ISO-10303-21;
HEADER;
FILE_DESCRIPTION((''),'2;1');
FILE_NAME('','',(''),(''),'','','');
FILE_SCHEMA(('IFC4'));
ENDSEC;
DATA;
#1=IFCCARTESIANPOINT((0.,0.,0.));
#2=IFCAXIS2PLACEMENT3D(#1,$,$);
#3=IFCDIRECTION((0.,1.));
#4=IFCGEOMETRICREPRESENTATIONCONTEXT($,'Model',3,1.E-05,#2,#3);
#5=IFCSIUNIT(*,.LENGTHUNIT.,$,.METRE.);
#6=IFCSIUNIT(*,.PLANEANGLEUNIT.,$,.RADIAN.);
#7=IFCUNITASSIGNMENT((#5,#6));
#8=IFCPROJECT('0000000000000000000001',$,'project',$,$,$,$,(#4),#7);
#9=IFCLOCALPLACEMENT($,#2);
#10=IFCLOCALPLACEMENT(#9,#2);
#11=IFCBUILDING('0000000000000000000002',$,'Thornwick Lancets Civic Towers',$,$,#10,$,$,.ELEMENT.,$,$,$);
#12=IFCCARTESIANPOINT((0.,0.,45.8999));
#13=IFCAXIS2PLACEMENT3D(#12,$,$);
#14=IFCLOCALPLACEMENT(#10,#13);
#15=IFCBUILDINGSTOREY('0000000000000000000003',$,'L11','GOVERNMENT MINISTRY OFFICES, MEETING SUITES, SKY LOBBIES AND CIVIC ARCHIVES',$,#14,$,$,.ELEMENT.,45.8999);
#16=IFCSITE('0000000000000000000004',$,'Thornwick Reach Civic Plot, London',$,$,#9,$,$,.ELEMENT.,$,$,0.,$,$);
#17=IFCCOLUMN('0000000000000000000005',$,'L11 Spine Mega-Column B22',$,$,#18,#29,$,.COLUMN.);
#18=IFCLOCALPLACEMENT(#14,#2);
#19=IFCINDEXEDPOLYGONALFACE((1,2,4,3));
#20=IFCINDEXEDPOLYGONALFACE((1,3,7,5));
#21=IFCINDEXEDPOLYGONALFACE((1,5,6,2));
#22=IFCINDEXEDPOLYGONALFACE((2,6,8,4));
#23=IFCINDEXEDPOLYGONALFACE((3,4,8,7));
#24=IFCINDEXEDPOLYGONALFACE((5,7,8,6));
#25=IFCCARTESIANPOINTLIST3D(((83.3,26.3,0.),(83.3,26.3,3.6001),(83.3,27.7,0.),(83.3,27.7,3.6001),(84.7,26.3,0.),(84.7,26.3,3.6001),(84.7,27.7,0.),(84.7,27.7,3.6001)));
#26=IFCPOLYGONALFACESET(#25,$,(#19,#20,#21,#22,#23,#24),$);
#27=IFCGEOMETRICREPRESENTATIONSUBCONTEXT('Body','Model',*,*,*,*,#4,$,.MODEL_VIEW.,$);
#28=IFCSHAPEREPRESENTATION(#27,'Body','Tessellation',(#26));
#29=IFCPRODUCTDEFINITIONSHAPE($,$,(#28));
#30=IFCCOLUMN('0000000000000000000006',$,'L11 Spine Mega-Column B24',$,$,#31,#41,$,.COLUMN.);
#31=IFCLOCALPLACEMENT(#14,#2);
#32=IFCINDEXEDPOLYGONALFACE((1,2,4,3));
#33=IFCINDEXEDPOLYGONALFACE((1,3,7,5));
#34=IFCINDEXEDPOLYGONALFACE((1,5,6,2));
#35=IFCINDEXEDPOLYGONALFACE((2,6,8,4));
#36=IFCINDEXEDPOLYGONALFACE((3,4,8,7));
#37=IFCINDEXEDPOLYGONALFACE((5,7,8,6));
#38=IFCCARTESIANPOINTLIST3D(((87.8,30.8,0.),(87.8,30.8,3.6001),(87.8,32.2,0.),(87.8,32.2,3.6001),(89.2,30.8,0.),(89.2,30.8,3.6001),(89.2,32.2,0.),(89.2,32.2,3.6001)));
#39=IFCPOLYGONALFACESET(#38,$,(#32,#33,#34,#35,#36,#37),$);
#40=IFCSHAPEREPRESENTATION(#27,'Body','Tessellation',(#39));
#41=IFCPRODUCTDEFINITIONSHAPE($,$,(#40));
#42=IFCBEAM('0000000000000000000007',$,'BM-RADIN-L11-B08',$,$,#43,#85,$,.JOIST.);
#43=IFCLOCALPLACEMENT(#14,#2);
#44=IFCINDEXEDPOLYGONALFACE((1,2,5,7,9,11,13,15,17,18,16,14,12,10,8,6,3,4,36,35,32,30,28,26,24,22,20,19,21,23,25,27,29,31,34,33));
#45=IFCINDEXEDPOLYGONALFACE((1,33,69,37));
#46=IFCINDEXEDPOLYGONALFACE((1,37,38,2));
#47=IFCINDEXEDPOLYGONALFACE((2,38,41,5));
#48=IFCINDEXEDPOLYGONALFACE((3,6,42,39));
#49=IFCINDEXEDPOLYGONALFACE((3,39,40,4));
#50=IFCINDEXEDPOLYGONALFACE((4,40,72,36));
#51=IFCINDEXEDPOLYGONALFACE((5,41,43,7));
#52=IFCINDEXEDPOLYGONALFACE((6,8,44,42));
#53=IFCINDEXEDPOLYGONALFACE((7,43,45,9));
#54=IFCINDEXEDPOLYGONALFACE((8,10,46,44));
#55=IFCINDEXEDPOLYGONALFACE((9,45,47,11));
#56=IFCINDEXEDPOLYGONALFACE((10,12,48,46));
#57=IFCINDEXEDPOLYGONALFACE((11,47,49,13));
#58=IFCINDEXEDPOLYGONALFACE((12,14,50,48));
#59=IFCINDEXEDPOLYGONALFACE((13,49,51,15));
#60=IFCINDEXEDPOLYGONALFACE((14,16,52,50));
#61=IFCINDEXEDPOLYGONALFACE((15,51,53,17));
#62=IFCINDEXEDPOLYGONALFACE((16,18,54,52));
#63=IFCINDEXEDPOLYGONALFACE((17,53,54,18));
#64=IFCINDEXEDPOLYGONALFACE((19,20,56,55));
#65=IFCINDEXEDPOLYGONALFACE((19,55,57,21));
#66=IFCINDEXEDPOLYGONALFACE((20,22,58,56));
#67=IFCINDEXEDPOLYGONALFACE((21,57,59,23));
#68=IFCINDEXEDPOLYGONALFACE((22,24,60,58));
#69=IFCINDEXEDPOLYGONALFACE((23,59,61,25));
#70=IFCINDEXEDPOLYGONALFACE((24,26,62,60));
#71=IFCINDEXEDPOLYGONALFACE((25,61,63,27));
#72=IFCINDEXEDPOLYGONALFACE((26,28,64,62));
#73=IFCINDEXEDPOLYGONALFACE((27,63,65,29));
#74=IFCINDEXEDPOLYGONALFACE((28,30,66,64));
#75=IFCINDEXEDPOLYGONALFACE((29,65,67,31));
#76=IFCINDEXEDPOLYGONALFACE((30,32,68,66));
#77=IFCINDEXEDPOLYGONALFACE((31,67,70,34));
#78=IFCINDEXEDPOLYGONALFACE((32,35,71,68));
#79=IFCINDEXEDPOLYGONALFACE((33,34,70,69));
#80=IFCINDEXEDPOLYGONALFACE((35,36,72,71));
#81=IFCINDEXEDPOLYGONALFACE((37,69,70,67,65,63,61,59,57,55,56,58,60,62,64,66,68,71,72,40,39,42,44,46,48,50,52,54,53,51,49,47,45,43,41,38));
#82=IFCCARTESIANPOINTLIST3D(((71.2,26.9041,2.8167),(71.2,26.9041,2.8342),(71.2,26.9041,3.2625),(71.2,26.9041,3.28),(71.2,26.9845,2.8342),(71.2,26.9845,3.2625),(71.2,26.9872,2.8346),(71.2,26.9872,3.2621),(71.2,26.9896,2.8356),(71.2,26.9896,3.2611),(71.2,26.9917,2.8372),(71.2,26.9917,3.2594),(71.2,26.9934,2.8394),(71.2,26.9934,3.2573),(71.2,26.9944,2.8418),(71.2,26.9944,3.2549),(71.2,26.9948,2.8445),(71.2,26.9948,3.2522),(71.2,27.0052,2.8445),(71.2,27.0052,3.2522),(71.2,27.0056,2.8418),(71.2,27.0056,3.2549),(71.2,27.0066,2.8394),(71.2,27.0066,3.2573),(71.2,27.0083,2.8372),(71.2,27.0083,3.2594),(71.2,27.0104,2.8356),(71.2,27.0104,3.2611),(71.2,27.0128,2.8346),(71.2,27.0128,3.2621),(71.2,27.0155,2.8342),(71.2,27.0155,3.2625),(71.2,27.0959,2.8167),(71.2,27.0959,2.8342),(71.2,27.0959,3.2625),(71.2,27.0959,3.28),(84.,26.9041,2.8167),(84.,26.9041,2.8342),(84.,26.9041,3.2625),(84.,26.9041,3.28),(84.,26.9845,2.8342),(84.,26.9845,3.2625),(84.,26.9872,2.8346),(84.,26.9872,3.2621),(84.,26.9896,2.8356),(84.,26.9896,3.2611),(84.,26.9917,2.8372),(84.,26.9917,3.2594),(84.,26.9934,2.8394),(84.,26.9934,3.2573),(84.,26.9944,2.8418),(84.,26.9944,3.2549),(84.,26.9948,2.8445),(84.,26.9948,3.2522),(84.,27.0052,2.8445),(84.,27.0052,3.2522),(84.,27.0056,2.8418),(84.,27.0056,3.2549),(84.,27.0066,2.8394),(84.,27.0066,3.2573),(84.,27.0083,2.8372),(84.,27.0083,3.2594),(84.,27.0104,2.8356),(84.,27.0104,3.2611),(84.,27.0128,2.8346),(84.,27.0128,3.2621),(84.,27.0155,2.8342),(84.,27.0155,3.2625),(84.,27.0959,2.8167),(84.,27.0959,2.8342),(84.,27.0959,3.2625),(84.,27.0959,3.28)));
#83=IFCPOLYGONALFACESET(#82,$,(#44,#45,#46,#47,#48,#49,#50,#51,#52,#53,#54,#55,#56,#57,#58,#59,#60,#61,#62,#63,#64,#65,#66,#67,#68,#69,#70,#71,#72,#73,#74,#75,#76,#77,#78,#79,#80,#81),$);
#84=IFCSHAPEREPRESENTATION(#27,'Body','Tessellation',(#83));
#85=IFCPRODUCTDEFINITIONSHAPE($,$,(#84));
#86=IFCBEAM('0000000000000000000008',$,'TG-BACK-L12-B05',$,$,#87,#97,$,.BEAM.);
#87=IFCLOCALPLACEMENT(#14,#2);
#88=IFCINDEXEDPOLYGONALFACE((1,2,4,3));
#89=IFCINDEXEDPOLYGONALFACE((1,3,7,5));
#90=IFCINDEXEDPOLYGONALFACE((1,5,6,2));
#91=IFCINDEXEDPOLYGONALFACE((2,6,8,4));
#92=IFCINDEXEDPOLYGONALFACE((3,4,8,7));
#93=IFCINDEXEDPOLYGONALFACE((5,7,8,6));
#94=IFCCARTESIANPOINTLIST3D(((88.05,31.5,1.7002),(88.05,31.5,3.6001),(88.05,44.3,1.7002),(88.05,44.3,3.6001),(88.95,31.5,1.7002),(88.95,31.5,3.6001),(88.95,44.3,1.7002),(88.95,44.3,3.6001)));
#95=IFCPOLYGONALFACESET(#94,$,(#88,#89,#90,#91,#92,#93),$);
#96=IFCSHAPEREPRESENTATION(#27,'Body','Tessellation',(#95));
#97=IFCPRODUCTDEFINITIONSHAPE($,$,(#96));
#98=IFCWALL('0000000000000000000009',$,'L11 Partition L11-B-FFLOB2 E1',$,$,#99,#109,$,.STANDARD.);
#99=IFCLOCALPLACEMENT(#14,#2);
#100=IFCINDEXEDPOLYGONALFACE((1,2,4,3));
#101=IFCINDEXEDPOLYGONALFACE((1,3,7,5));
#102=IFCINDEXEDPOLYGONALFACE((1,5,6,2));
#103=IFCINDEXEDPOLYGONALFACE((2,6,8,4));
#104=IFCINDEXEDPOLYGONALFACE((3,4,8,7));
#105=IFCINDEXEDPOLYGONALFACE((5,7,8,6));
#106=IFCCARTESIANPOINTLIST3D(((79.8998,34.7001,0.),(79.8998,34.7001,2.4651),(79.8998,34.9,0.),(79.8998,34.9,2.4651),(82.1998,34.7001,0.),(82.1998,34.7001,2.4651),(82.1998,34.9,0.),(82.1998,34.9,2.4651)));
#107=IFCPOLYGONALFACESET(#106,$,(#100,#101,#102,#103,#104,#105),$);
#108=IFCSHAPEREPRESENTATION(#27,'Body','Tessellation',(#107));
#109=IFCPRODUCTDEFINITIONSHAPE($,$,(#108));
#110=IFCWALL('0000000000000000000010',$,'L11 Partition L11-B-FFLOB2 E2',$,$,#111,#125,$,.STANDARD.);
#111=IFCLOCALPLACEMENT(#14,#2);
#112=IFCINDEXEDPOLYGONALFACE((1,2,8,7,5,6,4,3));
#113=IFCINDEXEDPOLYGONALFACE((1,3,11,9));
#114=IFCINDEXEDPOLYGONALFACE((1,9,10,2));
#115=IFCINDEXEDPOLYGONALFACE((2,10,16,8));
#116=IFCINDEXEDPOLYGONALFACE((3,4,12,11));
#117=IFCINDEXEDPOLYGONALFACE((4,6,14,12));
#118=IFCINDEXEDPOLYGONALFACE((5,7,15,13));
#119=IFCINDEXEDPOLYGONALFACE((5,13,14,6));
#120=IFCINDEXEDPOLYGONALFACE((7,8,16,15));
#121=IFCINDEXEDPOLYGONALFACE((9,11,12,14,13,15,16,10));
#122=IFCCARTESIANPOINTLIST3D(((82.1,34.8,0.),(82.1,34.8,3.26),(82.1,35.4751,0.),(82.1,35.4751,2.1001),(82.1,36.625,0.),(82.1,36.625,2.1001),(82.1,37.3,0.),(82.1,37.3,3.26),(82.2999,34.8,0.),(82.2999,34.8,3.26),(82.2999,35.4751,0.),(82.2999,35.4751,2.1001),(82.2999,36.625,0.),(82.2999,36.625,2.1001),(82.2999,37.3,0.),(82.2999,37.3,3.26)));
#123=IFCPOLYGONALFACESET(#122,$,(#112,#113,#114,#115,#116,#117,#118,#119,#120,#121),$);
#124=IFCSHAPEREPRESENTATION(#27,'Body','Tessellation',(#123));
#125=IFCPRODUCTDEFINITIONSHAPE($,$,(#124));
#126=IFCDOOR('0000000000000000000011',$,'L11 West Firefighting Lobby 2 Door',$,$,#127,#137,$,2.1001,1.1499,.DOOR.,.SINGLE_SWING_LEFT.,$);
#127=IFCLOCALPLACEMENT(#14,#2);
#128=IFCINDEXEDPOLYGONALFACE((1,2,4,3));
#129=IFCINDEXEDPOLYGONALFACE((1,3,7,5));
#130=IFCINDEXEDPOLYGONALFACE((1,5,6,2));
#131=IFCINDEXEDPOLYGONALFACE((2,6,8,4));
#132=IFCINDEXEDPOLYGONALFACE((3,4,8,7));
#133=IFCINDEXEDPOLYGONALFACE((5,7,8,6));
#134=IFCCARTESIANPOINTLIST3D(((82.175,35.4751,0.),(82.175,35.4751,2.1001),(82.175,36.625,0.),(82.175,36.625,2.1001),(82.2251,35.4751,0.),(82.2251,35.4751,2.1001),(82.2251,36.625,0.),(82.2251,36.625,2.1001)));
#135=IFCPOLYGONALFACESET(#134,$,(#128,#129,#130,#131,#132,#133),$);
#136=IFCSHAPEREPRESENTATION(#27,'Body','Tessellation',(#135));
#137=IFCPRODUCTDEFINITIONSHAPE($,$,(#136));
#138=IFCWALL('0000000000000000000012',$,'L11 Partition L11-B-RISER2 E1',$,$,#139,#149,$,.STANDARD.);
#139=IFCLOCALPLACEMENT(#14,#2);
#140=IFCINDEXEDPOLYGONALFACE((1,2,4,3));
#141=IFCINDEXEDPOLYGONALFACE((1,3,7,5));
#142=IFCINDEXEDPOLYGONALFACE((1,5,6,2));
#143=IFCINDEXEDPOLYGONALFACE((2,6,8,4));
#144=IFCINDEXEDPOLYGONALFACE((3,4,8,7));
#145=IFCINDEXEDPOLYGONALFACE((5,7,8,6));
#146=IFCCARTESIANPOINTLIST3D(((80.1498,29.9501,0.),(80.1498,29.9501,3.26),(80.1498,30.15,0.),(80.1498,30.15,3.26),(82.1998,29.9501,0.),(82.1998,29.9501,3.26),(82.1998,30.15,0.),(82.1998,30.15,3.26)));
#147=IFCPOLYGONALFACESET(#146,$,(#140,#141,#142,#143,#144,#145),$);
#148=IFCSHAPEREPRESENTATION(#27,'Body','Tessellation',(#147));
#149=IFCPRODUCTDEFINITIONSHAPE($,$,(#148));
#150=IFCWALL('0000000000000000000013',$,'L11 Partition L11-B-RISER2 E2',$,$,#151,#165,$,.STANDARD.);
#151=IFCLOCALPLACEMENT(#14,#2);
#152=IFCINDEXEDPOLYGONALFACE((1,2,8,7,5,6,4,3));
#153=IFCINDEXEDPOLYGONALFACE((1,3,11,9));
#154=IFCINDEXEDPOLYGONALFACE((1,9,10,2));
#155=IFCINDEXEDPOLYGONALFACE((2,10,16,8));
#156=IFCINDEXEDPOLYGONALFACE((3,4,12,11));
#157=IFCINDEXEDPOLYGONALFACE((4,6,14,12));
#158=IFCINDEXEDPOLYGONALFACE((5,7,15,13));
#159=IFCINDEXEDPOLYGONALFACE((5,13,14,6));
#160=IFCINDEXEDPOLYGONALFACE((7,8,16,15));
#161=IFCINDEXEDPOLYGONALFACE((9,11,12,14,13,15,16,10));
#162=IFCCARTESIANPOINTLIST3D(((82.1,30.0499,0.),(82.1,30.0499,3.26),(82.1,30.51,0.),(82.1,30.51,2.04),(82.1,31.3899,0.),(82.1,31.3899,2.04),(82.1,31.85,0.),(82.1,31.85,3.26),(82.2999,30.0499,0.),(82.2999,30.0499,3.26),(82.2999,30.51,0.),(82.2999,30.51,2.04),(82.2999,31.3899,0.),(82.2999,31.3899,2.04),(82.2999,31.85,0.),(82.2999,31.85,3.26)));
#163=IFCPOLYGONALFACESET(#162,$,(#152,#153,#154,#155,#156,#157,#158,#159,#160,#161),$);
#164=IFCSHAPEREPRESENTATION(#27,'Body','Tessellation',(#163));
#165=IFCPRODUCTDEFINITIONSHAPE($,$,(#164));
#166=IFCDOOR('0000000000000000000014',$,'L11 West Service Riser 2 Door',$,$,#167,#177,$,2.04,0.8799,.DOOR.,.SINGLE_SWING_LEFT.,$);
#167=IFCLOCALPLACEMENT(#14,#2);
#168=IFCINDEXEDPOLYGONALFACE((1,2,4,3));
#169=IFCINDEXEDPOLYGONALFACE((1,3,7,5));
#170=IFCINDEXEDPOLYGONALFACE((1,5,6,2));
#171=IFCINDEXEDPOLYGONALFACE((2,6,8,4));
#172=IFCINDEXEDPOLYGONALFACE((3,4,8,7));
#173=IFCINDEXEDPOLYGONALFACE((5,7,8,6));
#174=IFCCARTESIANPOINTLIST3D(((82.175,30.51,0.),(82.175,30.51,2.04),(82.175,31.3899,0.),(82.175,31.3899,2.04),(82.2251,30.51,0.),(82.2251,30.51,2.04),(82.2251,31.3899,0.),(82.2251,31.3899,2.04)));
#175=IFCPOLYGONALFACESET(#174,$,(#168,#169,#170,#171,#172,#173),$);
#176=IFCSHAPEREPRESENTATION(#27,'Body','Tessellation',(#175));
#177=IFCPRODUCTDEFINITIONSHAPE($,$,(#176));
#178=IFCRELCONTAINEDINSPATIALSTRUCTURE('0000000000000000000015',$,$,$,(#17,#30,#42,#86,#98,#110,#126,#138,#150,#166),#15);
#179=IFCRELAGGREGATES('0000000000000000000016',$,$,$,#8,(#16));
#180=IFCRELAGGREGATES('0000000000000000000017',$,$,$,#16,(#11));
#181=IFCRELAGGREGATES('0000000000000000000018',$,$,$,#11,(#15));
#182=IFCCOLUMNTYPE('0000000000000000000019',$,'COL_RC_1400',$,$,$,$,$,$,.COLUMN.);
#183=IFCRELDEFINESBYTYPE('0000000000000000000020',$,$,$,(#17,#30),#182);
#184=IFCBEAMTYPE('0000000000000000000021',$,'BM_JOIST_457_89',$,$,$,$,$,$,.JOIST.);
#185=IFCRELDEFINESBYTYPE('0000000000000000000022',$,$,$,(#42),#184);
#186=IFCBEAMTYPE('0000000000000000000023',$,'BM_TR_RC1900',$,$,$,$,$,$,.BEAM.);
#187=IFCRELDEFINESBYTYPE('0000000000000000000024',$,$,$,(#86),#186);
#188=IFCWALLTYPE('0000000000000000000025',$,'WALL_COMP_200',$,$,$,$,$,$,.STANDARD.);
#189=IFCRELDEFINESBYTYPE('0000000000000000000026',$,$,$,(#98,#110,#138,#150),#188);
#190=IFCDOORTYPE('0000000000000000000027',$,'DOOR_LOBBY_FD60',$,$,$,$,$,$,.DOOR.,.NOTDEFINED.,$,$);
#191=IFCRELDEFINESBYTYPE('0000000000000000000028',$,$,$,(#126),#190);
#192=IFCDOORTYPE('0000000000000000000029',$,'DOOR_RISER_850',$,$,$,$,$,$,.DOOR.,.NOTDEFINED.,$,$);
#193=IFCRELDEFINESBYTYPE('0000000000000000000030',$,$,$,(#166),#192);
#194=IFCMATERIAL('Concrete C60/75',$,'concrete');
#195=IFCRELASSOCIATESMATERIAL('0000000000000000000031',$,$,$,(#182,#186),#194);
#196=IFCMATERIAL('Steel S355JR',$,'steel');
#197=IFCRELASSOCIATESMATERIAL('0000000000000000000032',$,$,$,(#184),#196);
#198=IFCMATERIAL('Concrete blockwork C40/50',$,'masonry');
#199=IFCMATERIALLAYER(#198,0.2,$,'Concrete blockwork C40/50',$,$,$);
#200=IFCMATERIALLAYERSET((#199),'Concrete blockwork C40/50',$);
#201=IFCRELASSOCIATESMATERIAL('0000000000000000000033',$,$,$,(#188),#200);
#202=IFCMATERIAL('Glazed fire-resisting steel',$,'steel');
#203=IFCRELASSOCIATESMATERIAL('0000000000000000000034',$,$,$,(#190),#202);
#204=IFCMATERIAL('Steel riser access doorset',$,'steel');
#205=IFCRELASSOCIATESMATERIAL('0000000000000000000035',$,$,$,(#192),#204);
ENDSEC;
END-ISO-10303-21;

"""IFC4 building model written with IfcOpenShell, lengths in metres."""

from ifc_helpers import new_model, si_unit, direction, frame, frame_2d, origin, origin_2d, place, context, subcontext, project, spatial, rectangle, i_section, extrude, material, layer, layer_set, material_profile, profile_set, type_object, element, fill, save


model = new_model("IFC4")

# Units and contexts
model_context = context("Model", 3, precision=1e-05, world=origin(), true_north=direction((0.0, 1.0)))
body_context = subcontext(model_context, "Body", "Model", "MODEL_VIEW")
ifc_project = project(units=[si_unit("LENGTHUNIT", "METRE"), si_unit("PLANEANGLEUNIT", "RADIAN")], contexts=[model_context])

# Site, building, storey
site_placement = place(None, origin())
site = spatial("IfcSite", under=ifc_project, at=site_placement, Name="Thornwick Reach Civic Plot, London", CompositionType="ELEMENT", RefElevation=0.0)
building_placement = place(site_placement, origin())
building = spatial("IfcBuilding", under=site, at=building_placement, Name="Thornwick Lancets Civic Towers", CompositionType="ELEMENT")
storey_placement = place(building_placement, frame((0.0, 0.0, 45.8999)))
storey = spatial("IfcBuildingStorey", under=building, at=storey_placement, Name="L11", Description="GOVERNMENT MINISTRY OFFICES, MEETING SUITES, SKY LOBBIES AND CIVIC ARCHIVES", CompositionType="ELEMENT", Elevation=45.8999)

# Columns
ifc_material_1 = material(Name="Concrete C60/75", Category="concrete")
ifc_material_profile_1 = material_profile(ifc_material_1, rectangle(XDim=1.3999, YDim=1.3999, at=origin_2d()), Name="RC 1400x1400")
ifc_profile_set_1 = profile_set([ifc_material_profile_1], Name="Concrete C60/75")
column_type = type_object("IfcColumnType", Name="COL_RC_1400", PredefinedType="COLUMN", material=ifc_profile_set_1)
for number, where, z_axis, x_axis, name in (
    (1, (84.0, 27.0, 0.0), (0.0, 0.0, 1.0), (1.0, 0.0, 0.0), "L11 Spine Mega-Column B22"),
    (2, (88.5, 31.5, 0.0), (0.0, 0.0, 1.0), (1.0, 0.0, 0.0), "L11 Spine Mega-Column B24"),
):
    element("IfcColumn", number, at=place(storey_placement, frame(where, z_axis=z_axis, x_axis=x_axis)), inside=storey, type_object=column_type, Name=name, PredefinedType="COLUMN", context=body_context, shape_type="SweptSolid", body=[
        extrude(rectangle(XDim=1.3999, YDim=1.3999, at=origin_2d()), origin(), (0.0, 0.0, 1.0), 3.6001),
    ])

# Beams
ifc_material_2 = material(Name="Steel S355JR", Category="steel")
ifc_material_profile_2 = material_profile(ifc_material_2, i_section(OverallWidth=0.1919, OverallDepth=0.4634, WebThickness=0.0105, FlangeThickness=0.0176, FilletRadius=0.0103, at=origin_2d()), Name="UKB 457x191x89")
ifc_profile_set_2 = profile_set([ifc_material_profile_2], Name="Steel S355JR")
beam_type_1 = type_object("IfcBeamType", Name="BM_JOIST_457_89", PredefinedType="JOIST", material=ifc_profile_set_2)
beam_1_placement = place(storey_placement, frame((84.0, 27.0, 3.0483), z_axis=(-1.0, 0.0, 0.0), x_axis=(0.0, -1.0, 0.0)))
element("IfcBeam", 3, at=beam_1_placement, inside=storey, type_object=beam_type_1, Name="BM-RADIN-L11-B08", PredefinedType="JOIST", context=body_context, shape_type="SweptSolid", body=[
    extrude(i_section(OverallWidth=0.1919, OverallDepth=0.4634, WebThickness=0.0105, FlangeThickness=0.0176, FilletRadius=0.0103, at=origin_2d()), origin(), (0.0, 0.0, 1.0), 12.8),
])
ifc_material_profile_3 = material_profile(ifc_material_1, rectangle(XDim=0.8999, YDim=1.8999, at=origin_2d()), Name="RC 900x1900")
ifc_profile_set_3 = profile_set([ifc_material_profile_3], Name="Concrete C60/75")
beam_type_2 = type_object("IfcBeamType", Name="BM_TR_RC1900", PredefinedType="BEAM", material=ifc_profile_set_3)
beam_2_placement = place(storey_placement, frame((88.5, 31.5, 2.6501), z_axis=(0.0, 1.0, 0.0), x_axis=(-1.0, 0.0, 0.0)))
element("IfcBeam", 4, at=beam_2_placement, inside=storey, type_object=beam_type_2, Name="TG-BACK-L12-B05", PredefinedType="BEAM", context=body_context, shape_type="SweptSolid", body=[
    extrude(rectangle(XDim=0.8999, YDim=1.8999, at=origin_2d()), origin(), (0.0, 0.0, 1.0), 12.8),
])

# Wall
ifc_material_3 = material(Name="Concrete blockwork C40/50", Category="masonry")
ifc_layer_1 = layer(ifc_material_3, 0.2, Name="Concrete blockwork C40/50")
ifc_layer_set_1 = layer_set([ifc_layer_1], Name="Concrete blockwork C40/50")
wall_type_1 = type_object("IfcWallType", Name="WALL_COMP_200", PredefinedType="STANDARD", material=ifc_layer_set_1)
wall_1_placement = place(storey_placement, frame((79.8999, 34.8, 0.0), z_axis=(0.0, 0.0, 1.0), x_axis=(1.0, 0.0, 0.0)))
element("IfcWall", 5, at=wall_1_placement, inside=storey, type_object=wall_type_1, Name="L11 Partition L11-B-FFLOB2 E1", PredefinedType="STANDARD", context=body_context, shape_type="SweptSolid", body=[
    extrude(rectangle(XDim=2.3, YDim=0.2, at=frame_2d((1.1499, 0.0))), origin(), (0.0, 0.0, 1.0), 2.4651),
])

# Wall, opening, door
wall_2_placement = place(storey_placement, frame((82.2, 34.8, 0.0), z_axis=(0.0, 0.0, 1.0), x_axis=(0.0, 1.0, 0.0)))
wall_2 = element("IfcWall", 6, at=wall_2_placement, inside=storey, type_object=wall_type_1, Name="L11 Partition L11-B-FFLOB2 E2", PredefinedType="STANDARD", context=body_context, shape_type="SweptSolid", body=[
    extrude(rectangle(XDim=2.5, YDim=0.2, at=frame_2d((1.25, 0.0))), origin(), (0.0, 0.0, 1.0), 3.26),
])
opening_1_placement = place(wall_2_placement, frame((0.675, 0.0, 0.0)))
opening_1 = element("IfcOpeningElement", 7, at=opening_1_placement, cuts=wall_2, PredefinedType="OPENING", context=body_context, shape_type="SweptSolid", body=[
    extrude(rectangle(XDim=1.1499, YDim=2.1001, at=frame_2d((0.575, 1.05))), frame((0.0, 0.1099, 0.0), z_axis=(0.0, -1.0, 0.0), x_axis=(1.0, 0.0, 0.0)), (0.0, 0.0, 1.0), 0.22),
])
ifc_material_4 = material(Name="Glazed fire-resisting steel", Category="steel")
door_type_1 = type_object("IfcDoorType", Name="DOOR_LOBBY_FD60", OperationType="NOTDEFINED", PredefinedType="DOOR", material=ifc_material_4)
door_1_placement = place(opening_1_placement, origin())
door_1 = element("IfcDoor", 8, at=door_1_placement, inside=storey, type_object=door_type_1, Name="L11 West Firefighting Lobby 2 Door", OperationType="SINGLE_SWING_LEFT", OverallHeight=2.1001, OverallWidth=1.1499, PredefinedType="DOOR", context=body_context, shape_type="SweptSolid", body=[
    extrude(rectangle(XDim=1.1499, YDim=2.1001, at=frame_2d((0.575, 1.05))), frame((0.0, 0.0249, 0.0), z_axis=(0.0, -1.0, 0.0), x_axis=(1.0, 0.0, 0.0)), (0.0, 0.0, 1.0), 0.05),
])
fill(opening_1, door_1)

# Wall
wall_3_placement = place(storey_placement, frame((80.1499, 30.05, 0.0), z_axis=(0.0, 0.0, 1.0), x_axis=(1.0, 0.0, 0.0)))
element("IfcWall", 9, at=wall_3_placement, inside=storey, type_object=wall_type_1, Name="L11 Partition L11-B-RISER2 E1", PredefinedType="STANDARD", context=body_context, shape_type="SweptSolid", body=[
    extrude(rectangle(XDim=2.05, YDim=0.2, at=frame_2d((1.0249, 0.0))), origin(), (0.0, 0.0, 1.0), 3.26),
])

# Wall, opening, door
wall_4_placement = place(storey_placement, frame((82.2, 30.05, 0.0), z_axis=(0.0, 0.0, 1.0), x_axis=(0.0, 1.0, 0.0)))
wall_4 = element("IfcWall", 10, at=wall_4_placement, inside=storey, type_object=wall_type_1, Name="L11 Partition L11-B-RISER2 E2", PredefinedType="STANDARD", context=body_context, shape_type="SweptSolid", body=[
    extrude(rectangle(XDim=1.8, YDim=0.2, at=frame_2d((0.8999, 0.0))), origin(), (0.0, 0.0, 1.0), 3.26),
])
opening_2_placement = place(wall_4_placement, frame((0.46, 0.0, 0.0)))
opening_2 = element("IfcOpeningElement", 11, at=opening_2_placement, cuts=wall_4, PredefinedType="OPENING", context=body_context, shape_type="SweptSolid", body=[
    extrude(rectangle(XDim=0.8799, YDim=2.04, at=frame_2d((0.4399, 1.02))), frame((0.0, 0.1099, 0.0), z_axis=(0.0, -1.0, 0.0), x_axis=(1.0, 0.0, 0.0)), (0.0, 0.0, 1.0), 0.22),
])
ifc_material_5 = material(Name="Steel riser access doorset", Category="steel")
door_type_2 = type_object("IfcDoorType", Name="DOOR_RISER_850", OperationType="NOTDEFINED", PredefinedType="DOOR", material=ifc_material_5)
door_2_placement = place(opening_2_placement, origin())
door_2 = element("IfcDoor", 12, at=door_2_placement, inside=storey, type_object=door_type_2, Name="L11 West Service Riser 2 Door", OperationType="SINGLE_SWING_LEFT", OverallHeight=2.04, OverallWidth=0.8799, PredefinedType="DOOR", context=body_context, shape_type="SweptSolid", body=[
    extrude(rectangle(XDim=0.8799, YDim=2.04, at=frame_2d((0.4399, 1.02))), frame((0.0, 0.0249, 0.0), z_axis=(0.0, -1.0, 0.0), x_axis=(1.0, 0.0, 0.0)), (0.0, 0.0, 1.0), 0.05),
])
fill(opening_2, door_2)

save(model, "model.ifc")
